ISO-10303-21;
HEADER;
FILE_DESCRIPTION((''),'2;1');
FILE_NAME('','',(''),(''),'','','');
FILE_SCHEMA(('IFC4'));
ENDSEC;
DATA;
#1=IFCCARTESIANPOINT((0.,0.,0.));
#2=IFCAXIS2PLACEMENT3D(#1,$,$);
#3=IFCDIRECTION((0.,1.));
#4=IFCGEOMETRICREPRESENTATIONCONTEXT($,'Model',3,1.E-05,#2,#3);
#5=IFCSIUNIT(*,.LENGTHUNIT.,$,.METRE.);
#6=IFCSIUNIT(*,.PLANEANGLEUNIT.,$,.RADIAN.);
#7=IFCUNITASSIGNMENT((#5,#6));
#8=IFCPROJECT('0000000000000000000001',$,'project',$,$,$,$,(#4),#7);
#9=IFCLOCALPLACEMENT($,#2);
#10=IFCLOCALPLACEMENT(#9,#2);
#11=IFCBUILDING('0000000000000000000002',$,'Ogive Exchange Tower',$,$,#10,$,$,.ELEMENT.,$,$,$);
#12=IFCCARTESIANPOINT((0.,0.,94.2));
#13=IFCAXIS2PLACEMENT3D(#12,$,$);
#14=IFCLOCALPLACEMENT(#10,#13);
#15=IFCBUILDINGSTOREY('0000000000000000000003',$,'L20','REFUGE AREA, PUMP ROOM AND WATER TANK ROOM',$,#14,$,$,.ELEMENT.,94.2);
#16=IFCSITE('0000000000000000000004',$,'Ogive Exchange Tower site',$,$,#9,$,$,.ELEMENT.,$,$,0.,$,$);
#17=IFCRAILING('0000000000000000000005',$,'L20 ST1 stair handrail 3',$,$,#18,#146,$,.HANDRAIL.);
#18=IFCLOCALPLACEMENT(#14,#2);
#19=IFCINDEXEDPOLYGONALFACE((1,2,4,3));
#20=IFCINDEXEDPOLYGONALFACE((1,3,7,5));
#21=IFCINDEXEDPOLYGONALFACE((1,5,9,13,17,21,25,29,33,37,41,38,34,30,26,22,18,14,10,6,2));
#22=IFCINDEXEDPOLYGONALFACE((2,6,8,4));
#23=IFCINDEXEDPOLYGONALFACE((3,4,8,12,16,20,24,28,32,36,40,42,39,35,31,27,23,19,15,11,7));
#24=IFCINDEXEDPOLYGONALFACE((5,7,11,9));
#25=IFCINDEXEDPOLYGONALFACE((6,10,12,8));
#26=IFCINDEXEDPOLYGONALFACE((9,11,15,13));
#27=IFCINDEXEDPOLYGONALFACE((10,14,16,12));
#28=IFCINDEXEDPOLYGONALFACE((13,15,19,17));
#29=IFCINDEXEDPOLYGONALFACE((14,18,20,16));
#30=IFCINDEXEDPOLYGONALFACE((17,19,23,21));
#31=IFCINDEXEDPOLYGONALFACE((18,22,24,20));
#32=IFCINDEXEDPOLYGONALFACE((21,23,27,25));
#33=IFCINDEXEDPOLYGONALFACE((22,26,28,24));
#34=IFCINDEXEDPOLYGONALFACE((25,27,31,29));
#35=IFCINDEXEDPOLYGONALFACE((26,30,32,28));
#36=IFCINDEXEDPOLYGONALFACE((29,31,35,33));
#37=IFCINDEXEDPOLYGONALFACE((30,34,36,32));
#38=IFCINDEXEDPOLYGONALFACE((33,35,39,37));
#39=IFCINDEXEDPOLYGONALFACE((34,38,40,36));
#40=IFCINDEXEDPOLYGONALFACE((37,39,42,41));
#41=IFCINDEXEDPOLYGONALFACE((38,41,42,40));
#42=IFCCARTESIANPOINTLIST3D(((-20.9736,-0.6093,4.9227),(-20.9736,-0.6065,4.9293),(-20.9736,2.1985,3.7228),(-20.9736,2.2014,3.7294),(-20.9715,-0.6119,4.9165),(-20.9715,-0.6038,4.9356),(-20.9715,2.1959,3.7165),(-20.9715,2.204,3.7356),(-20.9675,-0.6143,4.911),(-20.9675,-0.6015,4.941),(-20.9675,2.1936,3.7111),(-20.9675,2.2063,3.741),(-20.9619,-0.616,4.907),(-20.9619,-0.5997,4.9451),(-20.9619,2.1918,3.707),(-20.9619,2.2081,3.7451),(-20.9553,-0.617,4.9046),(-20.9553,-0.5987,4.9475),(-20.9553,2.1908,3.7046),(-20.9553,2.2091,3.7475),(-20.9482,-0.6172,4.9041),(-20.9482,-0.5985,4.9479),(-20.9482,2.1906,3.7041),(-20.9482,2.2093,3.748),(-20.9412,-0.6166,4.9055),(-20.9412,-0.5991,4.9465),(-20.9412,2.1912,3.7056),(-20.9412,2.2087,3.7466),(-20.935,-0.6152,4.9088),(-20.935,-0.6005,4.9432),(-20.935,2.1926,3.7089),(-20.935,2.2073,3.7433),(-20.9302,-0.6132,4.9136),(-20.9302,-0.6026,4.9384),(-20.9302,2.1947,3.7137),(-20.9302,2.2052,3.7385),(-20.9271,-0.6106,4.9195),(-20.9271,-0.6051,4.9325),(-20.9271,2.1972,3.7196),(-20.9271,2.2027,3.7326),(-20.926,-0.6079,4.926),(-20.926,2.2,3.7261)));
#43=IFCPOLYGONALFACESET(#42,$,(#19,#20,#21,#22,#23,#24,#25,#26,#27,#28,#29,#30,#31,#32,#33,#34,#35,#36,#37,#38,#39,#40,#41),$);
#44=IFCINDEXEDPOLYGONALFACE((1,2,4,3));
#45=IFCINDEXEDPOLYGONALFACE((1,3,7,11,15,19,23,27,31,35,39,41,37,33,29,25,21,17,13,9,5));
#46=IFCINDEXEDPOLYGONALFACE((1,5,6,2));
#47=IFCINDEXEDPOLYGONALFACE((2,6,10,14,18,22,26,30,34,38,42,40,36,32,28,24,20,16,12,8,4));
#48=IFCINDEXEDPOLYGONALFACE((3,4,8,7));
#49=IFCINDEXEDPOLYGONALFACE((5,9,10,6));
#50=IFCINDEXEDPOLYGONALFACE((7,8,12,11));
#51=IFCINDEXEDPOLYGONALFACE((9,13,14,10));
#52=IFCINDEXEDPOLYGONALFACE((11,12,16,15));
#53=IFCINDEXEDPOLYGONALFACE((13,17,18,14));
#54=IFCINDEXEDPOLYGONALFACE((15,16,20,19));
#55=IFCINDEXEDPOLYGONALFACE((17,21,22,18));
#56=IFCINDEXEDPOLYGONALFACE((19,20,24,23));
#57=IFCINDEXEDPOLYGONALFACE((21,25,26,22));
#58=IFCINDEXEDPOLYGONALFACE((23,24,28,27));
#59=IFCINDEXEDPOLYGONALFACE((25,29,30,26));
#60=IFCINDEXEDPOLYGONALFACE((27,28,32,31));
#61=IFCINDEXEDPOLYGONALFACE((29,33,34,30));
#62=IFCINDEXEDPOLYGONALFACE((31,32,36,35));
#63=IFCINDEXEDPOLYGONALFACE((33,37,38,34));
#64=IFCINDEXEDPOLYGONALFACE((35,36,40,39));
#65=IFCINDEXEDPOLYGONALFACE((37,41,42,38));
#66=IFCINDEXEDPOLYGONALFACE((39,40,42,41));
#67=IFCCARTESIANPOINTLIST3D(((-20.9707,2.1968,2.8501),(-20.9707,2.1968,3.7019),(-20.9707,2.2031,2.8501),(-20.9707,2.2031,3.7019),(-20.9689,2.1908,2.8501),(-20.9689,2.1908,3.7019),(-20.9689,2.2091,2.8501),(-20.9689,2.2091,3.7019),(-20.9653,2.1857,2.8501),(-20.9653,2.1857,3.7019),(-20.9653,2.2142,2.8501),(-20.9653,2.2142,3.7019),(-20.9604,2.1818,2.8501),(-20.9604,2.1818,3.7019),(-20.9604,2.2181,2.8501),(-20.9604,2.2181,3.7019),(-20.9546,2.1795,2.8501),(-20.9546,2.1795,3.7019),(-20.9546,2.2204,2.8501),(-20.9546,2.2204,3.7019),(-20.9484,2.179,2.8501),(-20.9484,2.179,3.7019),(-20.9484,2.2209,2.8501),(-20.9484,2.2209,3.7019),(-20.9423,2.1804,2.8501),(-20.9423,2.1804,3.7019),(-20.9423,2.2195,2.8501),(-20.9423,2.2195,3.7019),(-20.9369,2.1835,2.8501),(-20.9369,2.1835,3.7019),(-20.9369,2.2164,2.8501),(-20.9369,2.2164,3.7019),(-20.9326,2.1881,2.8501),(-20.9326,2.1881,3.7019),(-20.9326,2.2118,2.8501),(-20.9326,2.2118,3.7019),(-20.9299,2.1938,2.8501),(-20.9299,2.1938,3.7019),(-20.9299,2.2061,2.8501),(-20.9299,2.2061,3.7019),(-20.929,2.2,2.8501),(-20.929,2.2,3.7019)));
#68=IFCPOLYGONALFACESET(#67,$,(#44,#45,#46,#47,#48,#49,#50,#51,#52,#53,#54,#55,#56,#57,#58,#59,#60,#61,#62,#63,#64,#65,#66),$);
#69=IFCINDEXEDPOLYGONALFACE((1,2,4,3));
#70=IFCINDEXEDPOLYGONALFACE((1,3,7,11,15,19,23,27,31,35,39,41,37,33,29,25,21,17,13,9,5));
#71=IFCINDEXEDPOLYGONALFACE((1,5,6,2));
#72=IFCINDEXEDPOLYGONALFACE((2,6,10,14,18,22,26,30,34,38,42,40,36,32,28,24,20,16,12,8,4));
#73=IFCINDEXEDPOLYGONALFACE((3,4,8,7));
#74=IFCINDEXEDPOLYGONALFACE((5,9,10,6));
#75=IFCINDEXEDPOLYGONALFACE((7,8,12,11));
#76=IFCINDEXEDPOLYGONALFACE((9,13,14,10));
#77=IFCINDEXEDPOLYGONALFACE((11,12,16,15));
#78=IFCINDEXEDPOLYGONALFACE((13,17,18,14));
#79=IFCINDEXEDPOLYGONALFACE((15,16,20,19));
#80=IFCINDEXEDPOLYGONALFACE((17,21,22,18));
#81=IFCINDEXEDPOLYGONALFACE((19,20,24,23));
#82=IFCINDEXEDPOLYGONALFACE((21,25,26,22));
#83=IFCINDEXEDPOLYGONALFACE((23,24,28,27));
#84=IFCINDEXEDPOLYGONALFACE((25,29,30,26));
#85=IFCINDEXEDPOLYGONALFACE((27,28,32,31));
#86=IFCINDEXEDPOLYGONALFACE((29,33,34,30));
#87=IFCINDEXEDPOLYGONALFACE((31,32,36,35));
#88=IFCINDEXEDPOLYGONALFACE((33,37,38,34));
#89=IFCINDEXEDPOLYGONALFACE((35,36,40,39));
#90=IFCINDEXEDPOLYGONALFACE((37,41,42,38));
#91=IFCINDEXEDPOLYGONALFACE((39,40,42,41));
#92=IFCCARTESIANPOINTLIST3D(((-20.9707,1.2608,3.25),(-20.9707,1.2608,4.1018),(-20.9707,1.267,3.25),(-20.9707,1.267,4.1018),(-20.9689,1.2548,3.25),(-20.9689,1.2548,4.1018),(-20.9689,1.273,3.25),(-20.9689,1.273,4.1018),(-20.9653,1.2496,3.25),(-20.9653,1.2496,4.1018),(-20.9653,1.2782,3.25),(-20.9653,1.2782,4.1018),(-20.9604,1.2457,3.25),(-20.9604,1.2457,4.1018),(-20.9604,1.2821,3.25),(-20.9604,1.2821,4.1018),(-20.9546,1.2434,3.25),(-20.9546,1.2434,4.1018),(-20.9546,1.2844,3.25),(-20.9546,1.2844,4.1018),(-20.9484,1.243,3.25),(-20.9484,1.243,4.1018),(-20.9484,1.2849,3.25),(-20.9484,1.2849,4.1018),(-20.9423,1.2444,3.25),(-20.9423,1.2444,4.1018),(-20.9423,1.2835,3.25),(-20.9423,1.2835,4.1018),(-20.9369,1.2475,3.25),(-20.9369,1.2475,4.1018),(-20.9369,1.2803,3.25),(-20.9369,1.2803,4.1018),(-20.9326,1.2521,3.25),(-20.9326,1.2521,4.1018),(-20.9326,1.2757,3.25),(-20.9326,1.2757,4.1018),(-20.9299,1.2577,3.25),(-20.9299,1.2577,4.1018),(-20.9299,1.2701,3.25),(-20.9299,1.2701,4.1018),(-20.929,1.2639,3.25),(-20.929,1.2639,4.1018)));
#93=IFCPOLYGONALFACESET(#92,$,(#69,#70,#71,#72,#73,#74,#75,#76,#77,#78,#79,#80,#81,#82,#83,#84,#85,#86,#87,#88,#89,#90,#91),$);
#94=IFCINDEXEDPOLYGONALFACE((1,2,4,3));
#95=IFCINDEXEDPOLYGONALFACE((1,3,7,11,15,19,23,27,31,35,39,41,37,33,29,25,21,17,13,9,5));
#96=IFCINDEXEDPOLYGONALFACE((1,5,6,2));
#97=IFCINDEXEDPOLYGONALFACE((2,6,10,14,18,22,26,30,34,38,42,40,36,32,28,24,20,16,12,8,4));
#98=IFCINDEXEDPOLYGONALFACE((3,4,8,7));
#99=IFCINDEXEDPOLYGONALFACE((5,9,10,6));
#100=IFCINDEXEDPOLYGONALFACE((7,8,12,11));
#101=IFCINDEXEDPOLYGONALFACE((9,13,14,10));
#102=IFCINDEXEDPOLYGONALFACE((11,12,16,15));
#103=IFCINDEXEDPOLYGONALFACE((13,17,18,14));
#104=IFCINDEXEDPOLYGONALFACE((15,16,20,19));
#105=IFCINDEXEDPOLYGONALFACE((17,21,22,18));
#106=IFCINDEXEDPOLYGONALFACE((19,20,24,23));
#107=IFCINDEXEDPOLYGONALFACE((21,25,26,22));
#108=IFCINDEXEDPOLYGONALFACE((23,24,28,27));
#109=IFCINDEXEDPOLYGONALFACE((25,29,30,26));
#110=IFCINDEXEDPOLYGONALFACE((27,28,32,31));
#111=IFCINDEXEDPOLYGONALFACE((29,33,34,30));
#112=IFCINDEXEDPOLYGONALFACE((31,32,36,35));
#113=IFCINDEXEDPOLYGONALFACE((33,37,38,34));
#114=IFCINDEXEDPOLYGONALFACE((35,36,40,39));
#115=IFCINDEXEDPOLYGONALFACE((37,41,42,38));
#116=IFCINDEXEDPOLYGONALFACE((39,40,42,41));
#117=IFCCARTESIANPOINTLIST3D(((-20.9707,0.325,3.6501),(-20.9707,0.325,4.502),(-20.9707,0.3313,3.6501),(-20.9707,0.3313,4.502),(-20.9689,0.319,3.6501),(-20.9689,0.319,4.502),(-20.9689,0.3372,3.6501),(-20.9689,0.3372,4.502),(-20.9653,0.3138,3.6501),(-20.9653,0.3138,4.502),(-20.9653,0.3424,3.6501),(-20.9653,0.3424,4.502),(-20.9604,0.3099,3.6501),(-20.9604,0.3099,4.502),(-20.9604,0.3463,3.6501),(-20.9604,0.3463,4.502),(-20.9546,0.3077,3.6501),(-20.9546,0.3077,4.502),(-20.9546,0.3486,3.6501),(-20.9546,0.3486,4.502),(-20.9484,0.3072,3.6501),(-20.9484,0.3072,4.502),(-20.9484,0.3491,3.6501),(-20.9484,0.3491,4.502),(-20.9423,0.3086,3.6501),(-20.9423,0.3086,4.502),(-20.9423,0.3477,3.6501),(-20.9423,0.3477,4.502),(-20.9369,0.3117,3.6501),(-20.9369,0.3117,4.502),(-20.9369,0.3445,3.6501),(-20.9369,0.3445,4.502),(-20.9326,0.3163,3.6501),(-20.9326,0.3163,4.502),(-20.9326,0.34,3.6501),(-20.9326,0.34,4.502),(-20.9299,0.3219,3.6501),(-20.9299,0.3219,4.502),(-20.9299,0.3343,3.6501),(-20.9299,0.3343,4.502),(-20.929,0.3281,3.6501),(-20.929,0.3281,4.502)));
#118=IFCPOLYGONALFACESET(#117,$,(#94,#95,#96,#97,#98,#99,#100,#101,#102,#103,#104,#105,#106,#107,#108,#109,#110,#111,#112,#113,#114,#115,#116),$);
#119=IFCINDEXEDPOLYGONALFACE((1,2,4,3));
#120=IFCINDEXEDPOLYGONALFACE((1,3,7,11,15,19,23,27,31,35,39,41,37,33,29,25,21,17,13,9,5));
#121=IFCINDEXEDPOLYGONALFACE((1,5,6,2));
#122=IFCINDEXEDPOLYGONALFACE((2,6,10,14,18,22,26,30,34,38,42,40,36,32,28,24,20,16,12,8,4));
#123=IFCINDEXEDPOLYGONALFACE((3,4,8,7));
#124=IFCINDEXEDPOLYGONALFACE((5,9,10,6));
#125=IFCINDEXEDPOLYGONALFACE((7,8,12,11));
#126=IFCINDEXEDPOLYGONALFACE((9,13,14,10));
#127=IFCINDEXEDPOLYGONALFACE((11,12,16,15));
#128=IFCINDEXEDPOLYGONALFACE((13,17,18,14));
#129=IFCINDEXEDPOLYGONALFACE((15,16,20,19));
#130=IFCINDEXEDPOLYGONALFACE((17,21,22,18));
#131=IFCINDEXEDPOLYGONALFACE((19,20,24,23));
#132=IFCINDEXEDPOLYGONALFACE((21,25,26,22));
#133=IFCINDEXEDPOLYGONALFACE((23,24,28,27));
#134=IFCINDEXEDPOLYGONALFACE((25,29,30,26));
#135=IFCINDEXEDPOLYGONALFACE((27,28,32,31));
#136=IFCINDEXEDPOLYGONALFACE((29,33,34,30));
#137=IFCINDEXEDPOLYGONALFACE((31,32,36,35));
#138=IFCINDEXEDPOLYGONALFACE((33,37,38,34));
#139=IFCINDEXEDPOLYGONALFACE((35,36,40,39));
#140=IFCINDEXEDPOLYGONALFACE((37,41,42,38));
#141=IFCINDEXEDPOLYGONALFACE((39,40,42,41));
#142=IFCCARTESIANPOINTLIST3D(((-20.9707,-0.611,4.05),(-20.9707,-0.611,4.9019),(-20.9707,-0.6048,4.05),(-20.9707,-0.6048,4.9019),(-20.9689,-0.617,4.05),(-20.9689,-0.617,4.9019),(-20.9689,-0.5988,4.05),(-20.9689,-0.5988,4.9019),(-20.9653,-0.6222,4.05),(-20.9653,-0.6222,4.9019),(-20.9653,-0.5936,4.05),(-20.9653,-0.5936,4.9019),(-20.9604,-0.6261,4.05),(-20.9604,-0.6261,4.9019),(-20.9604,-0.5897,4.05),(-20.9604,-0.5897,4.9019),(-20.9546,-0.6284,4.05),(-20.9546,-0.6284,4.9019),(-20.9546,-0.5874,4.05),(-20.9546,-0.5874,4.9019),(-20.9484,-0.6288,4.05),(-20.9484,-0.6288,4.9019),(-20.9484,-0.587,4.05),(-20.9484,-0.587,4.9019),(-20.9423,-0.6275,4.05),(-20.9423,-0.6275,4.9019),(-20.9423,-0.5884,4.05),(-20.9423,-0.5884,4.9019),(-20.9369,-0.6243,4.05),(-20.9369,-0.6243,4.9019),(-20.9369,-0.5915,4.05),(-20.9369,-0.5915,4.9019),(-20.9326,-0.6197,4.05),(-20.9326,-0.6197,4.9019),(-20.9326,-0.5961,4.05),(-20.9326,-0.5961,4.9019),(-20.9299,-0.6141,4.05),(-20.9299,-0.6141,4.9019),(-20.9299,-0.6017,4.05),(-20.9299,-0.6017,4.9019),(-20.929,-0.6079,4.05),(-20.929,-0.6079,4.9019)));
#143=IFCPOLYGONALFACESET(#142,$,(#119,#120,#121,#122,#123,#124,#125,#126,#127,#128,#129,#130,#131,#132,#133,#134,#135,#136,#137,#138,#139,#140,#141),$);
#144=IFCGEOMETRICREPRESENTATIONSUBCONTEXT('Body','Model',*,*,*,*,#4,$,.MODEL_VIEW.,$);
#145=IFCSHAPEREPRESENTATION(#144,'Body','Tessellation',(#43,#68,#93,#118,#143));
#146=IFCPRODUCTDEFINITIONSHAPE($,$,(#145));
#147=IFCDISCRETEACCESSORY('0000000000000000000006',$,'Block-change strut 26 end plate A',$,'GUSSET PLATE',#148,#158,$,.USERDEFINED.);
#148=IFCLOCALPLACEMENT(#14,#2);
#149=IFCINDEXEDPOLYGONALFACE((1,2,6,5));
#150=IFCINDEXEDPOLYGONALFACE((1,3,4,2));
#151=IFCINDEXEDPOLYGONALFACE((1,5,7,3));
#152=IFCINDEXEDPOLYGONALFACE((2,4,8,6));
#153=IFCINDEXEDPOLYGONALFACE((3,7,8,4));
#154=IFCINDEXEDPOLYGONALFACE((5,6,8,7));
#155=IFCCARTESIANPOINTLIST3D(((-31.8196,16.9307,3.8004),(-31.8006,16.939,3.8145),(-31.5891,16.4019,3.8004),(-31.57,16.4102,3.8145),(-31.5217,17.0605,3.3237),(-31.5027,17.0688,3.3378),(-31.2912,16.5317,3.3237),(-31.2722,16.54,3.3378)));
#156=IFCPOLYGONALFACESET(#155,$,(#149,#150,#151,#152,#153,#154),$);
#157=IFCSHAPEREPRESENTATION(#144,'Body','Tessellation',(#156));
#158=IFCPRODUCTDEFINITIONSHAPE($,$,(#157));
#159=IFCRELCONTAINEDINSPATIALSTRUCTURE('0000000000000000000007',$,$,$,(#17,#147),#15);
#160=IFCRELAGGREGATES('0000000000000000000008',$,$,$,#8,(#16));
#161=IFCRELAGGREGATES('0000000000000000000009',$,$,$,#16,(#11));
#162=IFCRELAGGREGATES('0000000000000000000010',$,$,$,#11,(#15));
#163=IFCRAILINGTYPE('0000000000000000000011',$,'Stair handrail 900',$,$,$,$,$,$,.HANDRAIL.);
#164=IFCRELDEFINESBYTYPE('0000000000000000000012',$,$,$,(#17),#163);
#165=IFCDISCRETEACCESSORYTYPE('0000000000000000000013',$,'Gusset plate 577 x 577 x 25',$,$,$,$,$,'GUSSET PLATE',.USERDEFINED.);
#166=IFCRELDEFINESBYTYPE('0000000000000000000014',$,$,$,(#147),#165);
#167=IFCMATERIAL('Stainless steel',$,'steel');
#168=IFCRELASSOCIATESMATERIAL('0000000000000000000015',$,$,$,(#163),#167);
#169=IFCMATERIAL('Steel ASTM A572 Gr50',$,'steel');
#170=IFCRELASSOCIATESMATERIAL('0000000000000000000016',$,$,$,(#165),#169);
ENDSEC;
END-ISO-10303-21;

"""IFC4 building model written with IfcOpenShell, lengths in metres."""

from ifc_helpers import new_model, si_unit, direction, frame, origin, origin_2d, place, context, subcontext, project, spatial, rectangle, circle, extrude, material, material_profile, profile_set, type_object, element, save


model = new_model("IFC4")

# Units and contexts
model_context = context("Model", 3, precision=1e-05, world=origin(), true_north=direction((0.0, 1.0)))
body_context = subcontext(model_context, "Body", "Model", "MODEL_VIEW")
ifc_project = project(units=[si_unit("LENGTHUNIT", "METRE"), si_unit("PLANEANGLEUNIT", "RADIAN")], contexts=[model_context])

# Site, building, storey
site_placement = place(None, origin())
site = spatial("IfcSite", under=ifc_project, at=site_placement, Name="Ogive Exchange Tower site", CompositionType="ELEMENT", RefElevation=0.0)
building_placement = place(site_placement, origin())
building = spatial("IfcBuilding", under=site, at=building_placement, Name="Ogive Exchange Tower", CompositionType="ELEMENT")
storey_placement = place(building_placement, frame((0.0, 0.0, 94.2)))
storey = spatial("IfcBuildingStorey", under=building, at=storey_placement, Name="L20", Description="REFUGE AREA, PUMP ROOM AND WATER TANK ROOM", CompositionType="ELEMENT", Elevation=94.2)

# Shared definitions
ifc_material_1 = material(Name="Stainless steel", Category="steel")

# Railing
railing_type = type_object("IfcRailingType", Name="Stair handrail 900", PredefinedType="HANDRAIL", material=ifc_material_1)
for number, where, name in (
    (1, (-20.95, 2.2, 2.8501), "L20 ST1 stair handrail 3"),
):
    element("IfcRailing", number, at=place(storey_placement, frame(where)), inside=storey, type_object=railing_type, Name=name, PredefinedType="HANDRAIL", context=body_context, shape_type="SweptSolid", body=[
        extrude(circle(Radius=0.0239, at=origin_2d()), frame((0.0, 0.0, 0.876), z_axis=(0.0, -0.91955, 0.392973), x_axis=(1.0, 0.0, 0.0)), (0.0, 0.0, 1.0), 3.0535),
        extrude(circle(Radius=0.021, at=origin_2d()), origin(), (0.0, 0.0, 1.0), 0.8518),
        extrude(circle(Radius=0.021, at=origin_2d()), frame((0.0, -0.936, 0.3999)), (0.0, 0.0, 1.0), 0.8518),
        extrude(circle(Radius=0.021, at=origin_2d()), frame((0.0, -1.8718, 0.8)), (0.0, 0.0, 1.0), 0.8518),
        extrude(circle(Radius=0.021, at=origin_2d()), frame((0.0, -2.8079, 1.2)), (0.0, 0.0, 1.0), 0.8518),
    ])

# Discrete accessory
ifc_material_2 = material(Name="Steel ASTM A572 Gr50", Category="steel")
ifc_material_profile_1 = material_profile(ifc_material_2, rectangle(XDim=0.5769, YDim=0.5769, at=origin_2d()), Name="PL 577 x 577 x 25")
ifc_profile_set_1 = profile_set([ifc_material_profile_1], Name="Steel ASTM A572 Gr50")
discrete_accessory_type = type_object("IfcDiscreteAccessoryType", Name="Gusset plate 577 x 577 x 25", ElementType="GUSSET PLATE", PredefinedType="USERDEFINED", material=ifc_profile_set_1)
discrete_accessory_placement = place(storey_placement, frame((-31.5554, 16.7312, 3.562), z_axis=(0.75746, 0.330175, 0.56324), x_axis=(-0.399585, 0.916696, 0.0)))
element("IfcDiscreteAccessory", 2, at=discrete_accessory_placement, inside=storey, type_object=discrete_accessory_type, Name="Block-change strut 26 end plate A", ObjectType="GUSSET PLATE", PredefinedType="USERDEFINED", context=body_context, shape_type="SweptSolid", body=[
    extrude(rectangle(XDim=0.5769, YDim=0.5769, at=origin_2d()), origin(), (0.0, 0.0, 1.0), 0.0251),
])

save(model, "model.ifc")
